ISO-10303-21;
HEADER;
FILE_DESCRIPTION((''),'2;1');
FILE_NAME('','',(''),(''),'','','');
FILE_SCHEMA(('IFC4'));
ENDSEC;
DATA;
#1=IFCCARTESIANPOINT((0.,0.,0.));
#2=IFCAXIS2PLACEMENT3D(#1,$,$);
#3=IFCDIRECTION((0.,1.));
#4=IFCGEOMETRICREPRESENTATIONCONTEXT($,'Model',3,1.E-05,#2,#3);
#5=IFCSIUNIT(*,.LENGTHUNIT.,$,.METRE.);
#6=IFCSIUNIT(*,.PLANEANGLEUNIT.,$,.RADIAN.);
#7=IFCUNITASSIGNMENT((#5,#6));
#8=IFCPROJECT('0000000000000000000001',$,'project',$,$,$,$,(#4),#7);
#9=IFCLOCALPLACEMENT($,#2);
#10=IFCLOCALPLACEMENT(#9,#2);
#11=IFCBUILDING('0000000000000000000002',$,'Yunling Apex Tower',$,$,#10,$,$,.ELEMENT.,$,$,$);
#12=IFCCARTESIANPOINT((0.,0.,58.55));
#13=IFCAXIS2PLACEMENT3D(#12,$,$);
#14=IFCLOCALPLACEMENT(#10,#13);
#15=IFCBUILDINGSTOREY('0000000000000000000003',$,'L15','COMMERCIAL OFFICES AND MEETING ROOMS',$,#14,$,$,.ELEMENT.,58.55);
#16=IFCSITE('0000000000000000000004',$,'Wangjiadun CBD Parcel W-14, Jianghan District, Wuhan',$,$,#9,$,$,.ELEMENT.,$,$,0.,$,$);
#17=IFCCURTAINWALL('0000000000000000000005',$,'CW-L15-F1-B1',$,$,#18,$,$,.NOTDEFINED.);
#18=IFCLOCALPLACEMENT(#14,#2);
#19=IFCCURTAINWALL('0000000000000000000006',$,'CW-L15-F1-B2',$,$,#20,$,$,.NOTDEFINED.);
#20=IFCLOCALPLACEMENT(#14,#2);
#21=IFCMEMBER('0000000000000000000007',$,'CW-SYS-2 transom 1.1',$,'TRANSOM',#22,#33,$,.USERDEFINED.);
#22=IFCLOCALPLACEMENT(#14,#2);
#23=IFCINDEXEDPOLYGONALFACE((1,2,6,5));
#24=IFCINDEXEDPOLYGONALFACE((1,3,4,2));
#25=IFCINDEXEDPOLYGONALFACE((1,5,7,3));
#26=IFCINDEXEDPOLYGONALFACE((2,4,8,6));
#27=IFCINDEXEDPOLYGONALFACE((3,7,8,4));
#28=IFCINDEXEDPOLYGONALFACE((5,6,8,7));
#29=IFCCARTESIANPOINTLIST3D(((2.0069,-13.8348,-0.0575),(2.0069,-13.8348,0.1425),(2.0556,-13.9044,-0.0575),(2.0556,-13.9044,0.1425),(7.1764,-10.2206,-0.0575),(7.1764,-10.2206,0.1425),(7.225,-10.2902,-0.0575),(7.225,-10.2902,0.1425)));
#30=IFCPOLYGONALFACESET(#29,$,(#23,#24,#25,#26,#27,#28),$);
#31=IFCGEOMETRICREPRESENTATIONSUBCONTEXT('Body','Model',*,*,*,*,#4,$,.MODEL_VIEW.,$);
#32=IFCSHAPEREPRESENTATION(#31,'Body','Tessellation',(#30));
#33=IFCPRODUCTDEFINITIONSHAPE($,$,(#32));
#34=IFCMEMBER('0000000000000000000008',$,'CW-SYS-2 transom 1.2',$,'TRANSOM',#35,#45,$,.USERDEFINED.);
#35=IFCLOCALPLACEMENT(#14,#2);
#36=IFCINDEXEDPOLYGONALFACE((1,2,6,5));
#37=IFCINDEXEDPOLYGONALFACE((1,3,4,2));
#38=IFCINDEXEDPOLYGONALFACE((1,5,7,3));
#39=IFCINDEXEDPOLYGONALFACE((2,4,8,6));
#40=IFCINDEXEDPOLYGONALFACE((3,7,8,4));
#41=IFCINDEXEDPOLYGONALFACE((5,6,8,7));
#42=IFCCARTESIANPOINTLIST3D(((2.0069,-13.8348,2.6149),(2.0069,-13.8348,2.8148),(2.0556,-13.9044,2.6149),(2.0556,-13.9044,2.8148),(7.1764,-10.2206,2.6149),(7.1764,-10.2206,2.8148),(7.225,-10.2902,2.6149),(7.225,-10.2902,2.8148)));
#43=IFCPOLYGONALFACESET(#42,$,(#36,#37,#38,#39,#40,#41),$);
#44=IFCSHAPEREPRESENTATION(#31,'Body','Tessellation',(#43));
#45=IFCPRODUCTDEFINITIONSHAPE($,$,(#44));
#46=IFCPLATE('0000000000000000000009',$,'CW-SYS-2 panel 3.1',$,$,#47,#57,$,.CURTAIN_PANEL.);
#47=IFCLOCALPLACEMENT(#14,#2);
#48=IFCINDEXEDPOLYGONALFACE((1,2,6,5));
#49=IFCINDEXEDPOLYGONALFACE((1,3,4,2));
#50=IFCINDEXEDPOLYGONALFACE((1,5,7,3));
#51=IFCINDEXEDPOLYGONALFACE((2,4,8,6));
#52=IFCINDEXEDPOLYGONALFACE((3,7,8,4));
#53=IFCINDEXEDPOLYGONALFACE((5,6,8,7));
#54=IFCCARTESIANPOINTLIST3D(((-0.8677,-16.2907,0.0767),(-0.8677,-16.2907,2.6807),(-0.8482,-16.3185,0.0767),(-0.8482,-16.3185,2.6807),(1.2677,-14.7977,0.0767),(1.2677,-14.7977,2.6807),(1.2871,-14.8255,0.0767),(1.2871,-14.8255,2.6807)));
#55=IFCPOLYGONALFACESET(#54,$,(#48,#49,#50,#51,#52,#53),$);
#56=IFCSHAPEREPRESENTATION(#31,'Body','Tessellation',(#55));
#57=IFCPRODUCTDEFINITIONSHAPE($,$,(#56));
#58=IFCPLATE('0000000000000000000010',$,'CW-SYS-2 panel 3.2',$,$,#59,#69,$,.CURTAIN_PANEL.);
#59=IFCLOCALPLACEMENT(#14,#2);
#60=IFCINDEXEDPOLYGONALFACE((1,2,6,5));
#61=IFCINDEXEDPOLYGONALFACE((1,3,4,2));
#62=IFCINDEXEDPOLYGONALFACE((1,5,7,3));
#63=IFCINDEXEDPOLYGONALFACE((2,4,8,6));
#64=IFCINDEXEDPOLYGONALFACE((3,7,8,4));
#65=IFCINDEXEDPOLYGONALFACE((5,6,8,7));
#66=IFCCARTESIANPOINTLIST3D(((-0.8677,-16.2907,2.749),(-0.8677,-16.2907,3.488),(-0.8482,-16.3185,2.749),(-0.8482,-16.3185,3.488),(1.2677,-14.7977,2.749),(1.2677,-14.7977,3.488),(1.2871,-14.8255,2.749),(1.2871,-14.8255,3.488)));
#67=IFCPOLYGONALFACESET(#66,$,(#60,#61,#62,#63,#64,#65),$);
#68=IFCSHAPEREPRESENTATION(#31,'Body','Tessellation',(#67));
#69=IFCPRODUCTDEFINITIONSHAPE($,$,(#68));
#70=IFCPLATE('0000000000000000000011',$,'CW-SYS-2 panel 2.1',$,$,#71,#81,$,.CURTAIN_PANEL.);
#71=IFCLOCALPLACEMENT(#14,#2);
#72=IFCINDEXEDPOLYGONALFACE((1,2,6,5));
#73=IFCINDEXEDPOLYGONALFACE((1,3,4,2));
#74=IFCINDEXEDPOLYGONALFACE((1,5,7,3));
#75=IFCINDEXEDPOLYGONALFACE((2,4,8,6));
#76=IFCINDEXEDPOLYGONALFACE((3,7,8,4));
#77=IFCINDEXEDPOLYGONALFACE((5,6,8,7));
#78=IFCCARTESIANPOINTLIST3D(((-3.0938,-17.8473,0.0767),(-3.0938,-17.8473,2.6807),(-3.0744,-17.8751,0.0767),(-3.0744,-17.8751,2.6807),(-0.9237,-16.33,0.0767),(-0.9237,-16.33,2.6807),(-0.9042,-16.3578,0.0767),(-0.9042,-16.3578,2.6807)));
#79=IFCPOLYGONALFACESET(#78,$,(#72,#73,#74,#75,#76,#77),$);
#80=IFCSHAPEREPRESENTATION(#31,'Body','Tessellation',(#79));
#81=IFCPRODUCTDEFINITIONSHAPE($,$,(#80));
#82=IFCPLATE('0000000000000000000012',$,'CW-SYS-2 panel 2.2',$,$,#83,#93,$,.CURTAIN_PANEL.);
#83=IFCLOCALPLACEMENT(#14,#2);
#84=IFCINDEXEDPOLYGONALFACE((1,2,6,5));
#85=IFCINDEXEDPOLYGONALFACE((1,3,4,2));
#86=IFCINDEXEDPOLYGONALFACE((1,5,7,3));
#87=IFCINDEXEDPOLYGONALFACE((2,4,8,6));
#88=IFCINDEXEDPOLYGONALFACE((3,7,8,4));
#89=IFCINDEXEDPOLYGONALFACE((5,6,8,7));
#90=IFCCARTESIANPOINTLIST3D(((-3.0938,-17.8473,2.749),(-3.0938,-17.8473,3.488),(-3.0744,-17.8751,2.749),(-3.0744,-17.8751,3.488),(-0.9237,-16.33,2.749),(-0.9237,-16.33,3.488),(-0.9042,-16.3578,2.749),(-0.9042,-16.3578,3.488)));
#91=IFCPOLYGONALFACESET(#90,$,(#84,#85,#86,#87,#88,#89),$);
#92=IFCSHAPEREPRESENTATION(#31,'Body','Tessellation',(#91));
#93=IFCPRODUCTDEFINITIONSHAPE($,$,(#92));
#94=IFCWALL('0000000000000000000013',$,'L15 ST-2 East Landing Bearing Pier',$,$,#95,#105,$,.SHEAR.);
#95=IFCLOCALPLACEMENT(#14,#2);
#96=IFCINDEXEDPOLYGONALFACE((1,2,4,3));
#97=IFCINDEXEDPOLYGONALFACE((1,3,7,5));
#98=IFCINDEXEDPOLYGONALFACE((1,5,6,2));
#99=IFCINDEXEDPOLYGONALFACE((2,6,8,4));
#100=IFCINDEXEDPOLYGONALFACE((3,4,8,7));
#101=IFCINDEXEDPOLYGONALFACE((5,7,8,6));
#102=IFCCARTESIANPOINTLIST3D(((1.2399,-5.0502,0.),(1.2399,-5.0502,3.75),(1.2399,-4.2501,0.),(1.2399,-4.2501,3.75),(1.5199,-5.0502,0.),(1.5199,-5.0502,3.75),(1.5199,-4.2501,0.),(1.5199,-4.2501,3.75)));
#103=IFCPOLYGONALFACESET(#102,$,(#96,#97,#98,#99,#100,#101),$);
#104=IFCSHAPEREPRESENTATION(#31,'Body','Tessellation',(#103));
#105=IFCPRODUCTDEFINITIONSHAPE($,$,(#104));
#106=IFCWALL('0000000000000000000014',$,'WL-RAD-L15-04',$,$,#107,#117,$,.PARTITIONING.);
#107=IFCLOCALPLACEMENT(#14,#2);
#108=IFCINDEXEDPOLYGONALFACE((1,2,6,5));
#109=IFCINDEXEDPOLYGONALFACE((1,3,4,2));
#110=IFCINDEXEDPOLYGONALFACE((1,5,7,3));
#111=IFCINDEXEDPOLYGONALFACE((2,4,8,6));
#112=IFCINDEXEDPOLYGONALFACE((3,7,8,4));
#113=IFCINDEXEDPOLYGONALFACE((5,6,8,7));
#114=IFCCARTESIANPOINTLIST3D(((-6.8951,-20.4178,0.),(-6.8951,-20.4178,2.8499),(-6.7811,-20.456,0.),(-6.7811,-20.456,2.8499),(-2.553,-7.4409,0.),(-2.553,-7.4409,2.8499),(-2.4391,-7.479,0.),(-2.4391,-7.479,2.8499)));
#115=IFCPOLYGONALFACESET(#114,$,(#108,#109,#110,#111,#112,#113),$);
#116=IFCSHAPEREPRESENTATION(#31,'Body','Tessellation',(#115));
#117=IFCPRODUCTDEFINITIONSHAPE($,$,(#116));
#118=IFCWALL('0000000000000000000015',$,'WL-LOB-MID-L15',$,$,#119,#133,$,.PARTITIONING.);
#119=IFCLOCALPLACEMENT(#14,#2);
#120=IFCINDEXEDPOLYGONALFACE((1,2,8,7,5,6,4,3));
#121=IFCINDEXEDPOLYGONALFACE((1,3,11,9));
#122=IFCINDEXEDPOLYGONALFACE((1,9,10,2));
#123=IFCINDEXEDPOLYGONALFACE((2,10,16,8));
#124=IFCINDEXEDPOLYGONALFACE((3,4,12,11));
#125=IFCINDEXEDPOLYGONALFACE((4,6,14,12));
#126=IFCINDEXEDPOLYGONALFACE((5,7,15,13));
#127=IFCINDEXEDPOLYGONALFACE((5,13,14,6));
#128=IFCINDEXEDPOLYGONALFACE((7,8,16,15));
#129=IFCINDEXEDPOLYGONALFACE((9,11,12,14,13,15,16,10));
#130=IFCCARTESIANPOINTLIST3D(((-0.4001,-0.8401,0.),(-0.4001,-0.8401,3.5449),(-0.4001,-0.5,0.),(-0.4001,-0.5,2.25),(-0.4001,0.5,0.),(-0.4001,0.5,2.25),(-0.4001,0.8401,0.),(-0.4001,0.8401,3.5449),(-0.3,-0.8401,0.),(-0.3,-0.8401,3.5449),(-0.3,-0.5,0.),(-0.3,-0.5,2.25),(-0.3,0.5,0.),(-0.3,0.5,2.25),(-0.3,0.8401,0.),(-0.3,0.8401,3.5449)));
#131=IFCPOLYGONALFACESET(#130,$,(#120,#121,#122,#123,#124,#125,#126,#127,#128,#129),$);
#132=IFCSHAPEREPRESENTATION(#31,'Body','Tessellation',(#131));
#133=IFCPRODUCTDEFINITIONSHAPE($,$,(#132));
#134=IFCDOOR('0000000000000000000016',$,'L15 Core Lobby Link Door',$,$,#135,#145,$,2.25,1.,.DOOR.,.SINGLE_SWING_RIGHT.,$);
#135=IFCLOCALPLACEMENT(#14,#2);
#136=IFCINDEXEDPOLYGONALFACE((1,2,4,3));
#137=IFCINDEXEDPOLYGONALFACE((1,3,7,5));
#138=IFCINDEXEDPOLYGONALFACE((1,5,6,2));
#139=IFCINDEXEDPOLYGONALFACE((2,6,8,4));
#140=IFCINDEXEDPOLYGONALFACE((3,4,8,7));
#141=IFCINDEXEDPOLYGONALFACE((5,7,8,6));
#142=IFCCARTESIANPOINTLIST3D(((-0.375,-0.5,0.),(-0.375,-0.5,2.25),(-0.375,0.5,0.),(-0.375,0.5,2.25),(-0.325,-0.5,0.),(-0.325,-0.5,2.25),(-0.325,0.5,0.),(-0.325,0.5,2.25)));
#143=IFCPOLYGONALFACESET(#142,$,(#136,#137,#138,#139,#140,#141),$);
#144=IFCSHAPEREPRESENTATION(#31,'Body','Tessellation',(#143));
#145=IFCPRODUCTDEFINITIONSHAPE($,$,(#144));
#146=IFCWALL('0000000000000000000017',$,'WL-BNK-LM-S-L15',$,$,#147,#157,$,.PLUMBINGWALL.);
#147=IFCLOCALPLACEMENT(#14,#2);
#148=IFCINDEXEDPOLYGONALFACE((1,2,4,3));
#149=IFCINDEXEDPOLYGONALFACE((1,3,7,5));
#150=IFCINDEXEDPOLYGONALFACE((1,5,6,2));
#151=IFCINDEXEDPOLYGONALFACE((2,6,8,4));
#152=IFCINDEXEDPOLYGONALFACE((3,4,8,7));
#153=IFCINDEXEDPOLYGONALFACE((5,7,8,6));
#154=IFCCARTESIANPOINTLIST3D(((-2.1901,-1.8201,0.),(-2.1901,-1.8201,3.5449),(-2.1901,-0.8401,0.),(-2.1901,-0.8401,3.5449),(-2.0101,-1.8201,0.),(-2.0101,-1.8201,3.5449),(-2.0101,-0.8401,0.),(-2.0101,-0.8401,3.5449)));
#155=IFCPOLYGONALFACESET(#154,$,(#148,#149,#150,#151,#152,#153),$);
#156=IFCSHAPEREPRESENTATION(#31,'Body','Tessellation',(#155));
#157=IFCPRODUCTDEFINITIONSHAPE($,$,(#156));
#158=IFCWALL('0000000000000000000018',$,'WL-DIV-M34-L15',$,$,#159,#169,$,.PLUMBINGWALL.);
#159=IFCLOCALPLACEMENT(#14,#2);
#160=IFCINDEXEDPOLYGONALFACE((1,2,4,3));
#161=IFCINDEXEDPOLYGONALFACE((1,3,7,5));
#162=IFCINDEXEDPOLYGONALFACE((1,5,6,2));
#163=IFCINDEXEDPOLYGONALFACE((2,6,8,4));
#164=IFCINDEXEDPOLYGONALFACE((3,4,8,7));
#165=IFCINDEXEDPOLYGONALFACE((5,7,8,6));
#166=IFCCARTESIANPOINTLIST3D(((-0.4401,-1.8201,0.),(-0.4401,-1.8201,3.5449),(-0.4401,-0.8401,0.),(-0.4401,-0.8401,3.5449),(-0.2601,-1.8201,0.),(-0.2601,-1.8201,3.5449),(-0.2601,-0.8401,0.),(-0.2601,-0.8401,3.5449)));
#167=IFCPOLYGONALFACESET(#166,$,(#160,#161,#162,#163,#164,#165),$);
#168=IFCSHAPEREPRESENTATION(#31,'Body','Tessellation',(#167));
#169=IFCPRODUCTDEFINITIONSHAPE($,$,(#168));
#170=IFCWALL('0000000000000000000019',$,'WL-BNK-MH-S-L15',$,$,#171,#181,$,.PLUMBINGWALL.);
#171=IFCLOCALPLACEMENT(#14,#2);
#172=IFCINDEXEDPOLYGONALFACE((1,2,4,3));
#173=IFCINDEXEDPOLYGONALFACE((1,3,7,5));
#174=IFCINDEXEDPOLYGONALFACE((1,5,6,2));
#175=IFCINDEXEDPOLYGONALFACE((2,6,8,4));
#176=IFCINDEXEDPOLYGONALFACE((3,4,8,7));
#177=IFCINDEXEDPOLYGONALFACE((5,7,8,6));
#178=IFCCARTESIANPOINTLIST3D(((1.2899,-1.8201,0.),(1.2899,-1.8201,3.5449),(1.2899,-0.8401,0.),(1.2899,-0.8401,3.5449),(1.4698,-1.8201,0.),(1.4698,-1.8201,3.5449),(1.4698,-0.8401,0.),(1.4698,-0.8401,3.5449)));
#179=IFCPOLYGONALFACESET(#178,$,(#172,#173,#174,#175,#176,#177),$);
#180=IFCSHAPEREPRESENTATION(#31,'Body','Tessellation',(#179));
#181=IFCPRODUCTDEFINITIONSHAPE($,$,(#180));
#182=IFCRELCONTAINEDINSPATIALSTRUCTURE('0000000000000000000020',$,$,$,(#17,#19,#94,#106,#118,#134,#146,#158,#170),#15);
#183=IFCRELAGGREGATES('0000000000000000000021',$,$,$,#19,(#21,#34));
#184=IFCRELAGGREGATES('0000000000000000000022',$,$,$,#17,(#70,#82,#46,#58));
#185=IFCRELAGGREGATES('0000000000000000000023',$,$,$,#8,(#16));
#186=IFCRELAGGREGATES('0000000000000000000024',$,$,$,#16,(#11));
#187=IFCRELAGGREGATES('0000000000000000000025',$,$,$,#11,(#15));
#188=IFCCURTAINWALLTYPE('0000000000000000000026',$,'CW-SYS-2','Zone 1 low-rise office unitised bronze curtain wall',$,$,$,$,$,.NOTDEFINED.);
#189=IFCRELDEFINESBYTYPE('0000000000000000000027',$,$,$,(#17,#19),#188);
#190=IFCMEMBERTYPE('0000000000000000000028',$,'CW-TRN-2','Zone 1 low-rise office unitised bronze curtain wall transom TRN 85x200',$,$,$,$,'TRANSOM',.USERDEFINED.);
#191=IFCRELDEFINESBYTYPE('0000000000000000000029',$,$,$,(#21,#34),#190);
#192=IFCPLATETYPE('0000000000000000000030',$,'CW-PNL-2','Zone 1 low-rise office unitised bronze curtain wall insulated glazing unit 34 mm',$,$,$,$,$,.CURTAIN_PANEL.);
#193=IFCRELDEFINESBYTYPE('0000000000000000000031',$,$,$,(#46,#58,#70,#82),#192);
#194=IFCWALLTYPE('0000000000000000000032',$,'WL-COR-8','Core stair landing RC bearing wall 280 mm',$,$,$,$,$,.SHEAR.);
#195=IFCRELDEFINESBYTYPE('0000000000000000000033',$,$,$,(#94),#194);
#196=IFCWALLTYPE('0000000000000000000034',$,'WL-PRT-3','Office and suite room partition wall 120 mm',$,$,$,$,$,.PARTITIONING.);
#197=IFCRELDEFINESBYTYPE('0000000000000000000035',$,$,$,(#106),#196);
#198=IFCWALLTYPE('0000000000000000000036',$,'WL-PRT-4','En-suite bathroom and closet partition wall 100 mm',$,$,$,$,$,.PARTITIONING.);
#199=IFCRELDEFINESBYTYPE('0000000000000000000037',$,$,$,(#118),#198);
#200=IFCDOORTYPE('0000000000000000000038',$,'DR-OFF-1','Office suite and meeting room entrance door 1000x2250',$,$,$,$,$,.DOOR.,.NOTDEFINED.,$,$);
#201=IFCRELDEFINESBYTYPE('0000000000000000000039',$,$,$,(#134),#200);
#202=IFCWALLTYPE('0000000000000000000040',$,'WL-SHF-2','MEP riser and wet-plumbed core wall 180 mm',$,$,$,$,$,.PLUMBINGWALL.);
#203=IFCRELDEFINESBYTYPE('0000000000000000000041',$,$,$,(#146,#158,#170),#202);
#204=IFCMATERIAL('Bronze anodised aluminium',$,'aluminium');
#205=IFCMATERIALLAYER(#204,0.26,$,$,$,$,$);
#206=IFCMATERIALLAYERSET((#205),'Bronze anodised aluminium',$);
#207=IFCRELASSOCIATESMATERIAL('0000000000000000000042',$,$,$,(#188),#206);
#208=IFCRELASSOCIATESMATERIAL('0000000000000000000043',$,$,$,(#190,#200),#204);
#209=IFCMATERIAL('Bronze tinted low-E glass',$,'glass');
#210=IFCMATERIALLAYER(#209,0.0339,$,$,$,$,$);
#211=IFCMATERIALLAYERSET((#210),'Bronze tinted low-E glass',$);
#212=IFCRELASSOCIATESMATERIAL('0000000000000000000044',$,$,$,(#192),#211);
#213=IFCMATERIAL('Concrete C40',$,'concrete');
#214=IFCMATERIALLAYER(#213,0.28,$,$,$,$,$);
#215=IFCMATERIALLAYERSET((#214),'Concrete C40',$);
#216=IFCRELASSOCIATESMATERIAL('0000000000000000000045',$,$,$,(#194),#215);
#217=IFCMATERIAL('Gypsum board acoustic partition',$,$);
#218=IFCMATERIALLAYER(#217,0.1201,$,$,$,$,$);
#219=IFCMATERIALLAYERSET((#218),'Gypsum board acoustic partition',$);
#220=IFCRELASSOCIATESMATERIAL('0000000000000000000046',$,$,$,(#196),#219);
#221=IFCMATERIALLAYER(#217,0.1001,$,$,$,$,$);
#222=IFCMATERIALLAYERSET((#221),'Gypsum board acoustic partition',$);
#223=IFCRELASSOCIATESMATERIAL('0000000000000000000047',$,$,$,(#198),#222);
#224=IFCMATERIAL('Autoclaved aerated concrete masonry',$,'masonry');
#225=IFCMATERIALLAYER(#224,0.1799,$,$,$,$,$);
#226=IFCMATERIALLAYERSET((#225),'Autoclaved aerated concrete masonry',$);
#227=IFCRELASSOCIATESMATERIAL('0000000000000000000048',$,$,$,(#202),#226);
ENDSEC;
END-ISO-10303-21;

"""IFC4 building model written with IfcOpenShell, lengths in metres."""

from ifc_helpers import new_model, si_unit, direction, frame, frame_2d, origin, origin_2d, place, context, subcontext, project, spatial, rectangle, extrude, source, transform, mapped, material, layer, layer_set, material_profile, profile_set, type_object, element, fill, aggregate, save


model = new_model("IFC4")

# Units and contexts
model_context = context("Model", 3, precision=1e-05, world=origin(), true_north=direction((0.0, 1.0)))
body_context = subcontext(model_context, "Body", "Model", "MODEL_VIEW")
ifc_project = project(units=[si_unit("LENGTHUNIT", "METRE"), si_unit("PLANEANGLEUNIT", "RADIAN")], contexts=[model_context])

# Site, building, storey
site_placement = place(None, origin())
site = spatial("IfcSite", under=ifc_project, at=site_placement, Name="Wangjiadun CBD Parcel W-14, Jianghan District, Wuhan", CompositionType="ELEMENT", RefElevation=0.0)
building_placement = place(site_placement, origin())
building = spatial("IfcBuilding", under=site, at=building_placement, Name="Yunling Apex Tower", CompositionType="ELEMENT")
storey_placement = place(building_placement, frame((0.0, 0.0, 58.55)))
storey = spatial("IfcBuildingStorey", under=building, at=storey_placement, Name="L15", Description="COMMERCIAL OFFICES AND MEETING ROOMS", CompositionType="ELEMENT", Elevation=58.55)

# Curtain wall
ifc_material_1 = material(Name="Bronze anodised aluminium", Category="aluminium")
ifc_layer_1 = layer(ifc_material_1, 0.26)
ifc_layer_set_1 = layer_set([ifc_layer_1], Name="Bronze anodised aluminium")
curtain_wall_type = type_object("IfcCurtainWallType", Name="CW-SYS-2", Description="Zone 1 low-rise office unitised bronze curtain wall", PredefinedType="NOTDEFINED", material=ifc_layer_set_1)
curtain_wall_1_placement = place(storey_placement, origin())
curtain_wall_1 = element("IfcCurtainWall", 1, at=curtain_wall_1_placement, inside=storey, type_object=curtain_wall_type, Name="CW-L15-F1-B1", PredefinedType="NOTDEFINED")

# Curtain wall
curtain_wall_2_placement = place(storey_placement, origin())
curtain_wall_2 = element("IfcCurtainWall", 2, at=curtain_wall_2_placement, inside=storey, type_object=curtain_wall_type, Name="CW-L15-F1-B2", PredefinedType="NOTDEFINED")

# Members
ifc_material_profile_1 = material_profile(ifc_material_1, rectangle(XDim=0.085, YDim=0.2, at=origin_2d()))
ifc_profile_set_1 = profile_set([ifc_material_profile_1], Name="Bronze anodised aluminium")
member_type_1 = type_object("IfcMemberType", Name="CW-TRN-2", Description="Zone 1 low-rise office unitised bronze curtain wall transom TRN 85x200", ElementType="TRANSOM", PredefinedType="USERDEFINED", material=ifc_profile_set_1)
shared_shape_1 = source(origin(), body_context, "Body", "SweptSolid", [
    extrude(rectangle(XDim=0.085, YDim=0.2, at=origin_2d()), origin(), (0.0, 0.0, 1.0), 6.3076),
])
member_1_placement = place(storey_placement, frame((2.0312, -13.8696, 0.0425), z_axis=(0.819555, 0.573, 0.0), x_axis=(-0.573, 0.819555, 0.0)))
member_1 = element("IfcMember", 3, at=member_1_placement, type_object=member_type_1, Name="CW-SYS-2 transom 1.1", ObjectType="TRANSOM", PredefinedType="USERDEFINED", context=body_context, shape_type="MappedRepresentation", body=[
    mapped(shared_shape_1, transform((0.0, 0.0, 0.0), scale=1.0)),
])
member_2_placement = place(storey_placement, frame((2.0312, -13.8696, 2.7148), z_axis=(0.819555, 0.573, 0.0), x_axis=(-0.573, 0.819555, 0.0)))
member_2 = element("IfcMember", 4, at=member_2_placement, type_object=member_type_1, Name="CW-SYS-2 transom 1.2", ObjectType="TRANSOM", PredefinedType="USERDEFINED", context=body_context, shape_type="MappedRepresentation", body=[
    mapped(shared_shape_1, transform((0.0, 0.0, 0.0), scale=1.0)),
])
aggregate(curtain_wall_2, [member_1, member_2])

# Plates
ifc_material_2 = material(Name="Bronze tinted low-E glass", Category="glass")
ifc_layer_2 = layer(ifc_material_2, 0.0339)
ifc_layer_set_2 = layer_set([ifc_layer_2], Name="Bronze tinted low-E glass")
plate_type = type_object("IfcPlateType", Name="CW-PNL-2", Description="Zone 1 low-rise office unitised bronze curtain wall insulated glazing unit 34 mm", PredefinedType="CURTAIN_PANEL", material=ifc_layer_set_2)
shared_shape_2 = source(origin(), body_context, "Body", "SweptSolid", [
    extrude(rectangle(XDim=2.6055, YDim=0.0339, at=origin_2d()), origin(), (0.0, 0.0, 1.0), 2.604),
])
plate_1_placement = place(storey_placement, frame((0.2097, -15.5581, 0.0767), z_axis=(0.0, 0.0, 1.0), x_axis=(0.819552, 0.573004, 0.0)))
plate_1 = element("IfcPlate", 5, at=plate_1_placement, type_object=plate_type, Name="CW-SYS-2 panel 3.1", PredefinedType="CURTAIN_PANEL", context=body_context, shape_type="MappedRepresentation", body=[
    mapped(shared_shape_2, transform((0.0, 0.0, 0.0), scale=1.0)),
])
shared_shape_3 = source(origin(), body_context, "Body", "SweptSolid", [
    extrude(rectangle(XDim=2.6055, YDim=0.0339, at=origin_2d()), origin(), (0.0, 0.0, 1.0), 0.739),
])
plate_2_placement = place(storey_placement, frame((0.2097, -15.5581, 2.749), z_axis=(0.0, 0.0, 1.0), x_axis=(0.819552, 0.573004, 0.0)))
plate_2 = element("IfcPlate", 6, at=plate_2_placement, type_object=plate_type, Name="CW-SYS-2 panel 3.2", PredefinedType="CURTAIN_PANEL", context=body_context, shape_type="MappedRepresentation", body=[
    mapped(shared_shape_3, transform((0.0, 0.0, 0.0), scale=1.0)),
])
shared_shape_4 = source(origin(), body_context, "Body", "SweptSolid", [
    extrude(rectangle(XDim=2.6479, YDim=0.0339, at=origin_2d()), origin(), (0.0, 0.0, 1.0), 2.604),
])
plate_3_placement = place(storey_placement, frame((-1.999, -17.1025, 0.0767), z_axis=(0.0, 0.0, 1.0), x_axis=(0.819552, 0.573004, 0.0)))
plate_3 = element("IfcPlate", 7, at=plate_3_placement, type_object=plate_type, Name="CW-SYS-2 panel 2.1", PredefinedType="CURTAIN_PANEL", context=body_context, shape_type="MappedRepresentation", body=[
    mapped(shared_shape_4, transform((0.0, 0.0, 0.0), scale=1.0)),
])
shared_shape_5 = source(origin(), body_context, "Body", "SweptSolid", [
    extrude(rectangle(XDim=2.6479, YDim=0.0339, at=origin_2d()), origin(), (0.0, 0.0, 1.0), 0.739),
])
plate_4_placement = place(storey_placement, frame((-1.999, -17.1025, 2.749), z_axis=(0.0, 0.0, 1.0), x_axis=(0.819552, 0.573004, 0.0)))
plate_4 = element("IfcPlate", 8, at=plate_4_placement, type_object=plate_type, Name="CW-SYS-2 panel 2.2", PredefinedType="CURTAIN_PANEL", context=body_context, shape_type="MappedRepresentation", body=[
    mapped(shared_shape_5, transform((0.0, 0.0, 0.0), scale=1.0)),
])
aggregate(curtain_wall_1, [plate_3, plate_4, plate_1, plate_2])

# Walls
ifc_material_3 = material(Name="Concrete C40", Category="concrete")
ifc_layer_3 = layer(ifc_material_3, 0.28)
ifc_layer_set_3 = layer_set([ifc_layer_3], Name="Concrete C40")
wall_type_1 = type_object("IfcWallType", Name="WL-COR-8", Description="Core stair landing RC bearing wall 280 mm", PredefinedType="SHEAR", material=ifc_layer_set_3)
wall_1_placement = place(storey_placement, frame((1.3799, -5.05, 0.0), z_axis=(0.0, 0.0, 1.0), x_axis=(0.0, 1.0, 0.0)))
element("IfcWall", 9, at=wall_1_placement, inside=storey, type_object=wall_type_1, Name="L15 ST-2 East Landing Bearing Pier", PredefinedType="SHEAR", context=body_context, shape_type="SweptSolid", body=[
    extrude(rectangle(XDim=0.8, YDim=0.28, at=frame_2d((0.3999, 0.0))), origin(), (0.0, 0.0, 1.0), 3.75),
])
ifc_material_4 = material(Name="Gypsum board acoustic partition")
ifc_layer_4 = layer(ifc_material_4, 0.1201)
ifc_layer_set_4 = layer_set([ifc_layer_4], Name="Gypsum board acoustic partition")
wall_type_2 = type_object("IfcWallType", Name="WL-PRT-3", Description="Office and suite room partition wall 120 mm", PredefinedType="PARTITIONING", material=ifc_layer_set_4)
wall_2_placement = place(storey_placement, frame((-2.4961, -7.46, 0.0), z_axis=(0.0, 0.0, 1.0), x_axis=(-0.317303, -0.948324, 0.0)))
element("IfcWall", 10, at=wall_2_placement, inside=storey, type_object=wall_type_2, Name="WL-RAD-L15-04", PredefinedType="PARTITIONING", context=body_context, shape_type="SweptSolid", body=[
    extrude(rectangle(XDim=13.6841, YDim=0.1201, at=frame_2d((6.842, 0.0))), origin(), (0.0, 0.0, 1.0), 2.8499),
])

# Wall, opening, door
ifc_layer_5 = layer(ifc_material_4, 0.1001)
ifc_layer_set_5 = layer_set([ifc_layer_5], Name="Gypsum board acoustic partition")
wall_type_3 = type_object("IfcWallType", Name="WL-PRT-4", Description="En-suite bathroom and closet partition wall 100 mm", PredefinedType="PARTITIONING", material=ifc_layer_set_5)
wall_3_placement = place(storey_placement, frame((-0.3501, -0.8401, 0.0), z_axis=(0.0, 0.0, 1.0), x_axis=(0.0, 1.0, 0.0)))
wall_3 = element("IfcWall", 11, at=wall_3_placement, inside=storey, type_object=wall_type_3, Name="WL-LOB-MID-L15", PredefinedType="PARTITIONING", context=body_context, shape_type="SweptSolid", body=[
    extrude(rectangle(XDim=1.6802, YDim=0.1001, at=frame_2d((0.8401, 0.0))), origin(), (0.0, 0.0, 1.0), 3.5449),
])
opening_1_placement = place(wall_3_placement, frame((0.3401, 0.0, 0.0)))
opening_1 = element("IfcOpeningElement", 12, at=opening_1_placement, cuts=wall_3, PredefinedType="OPENING", context=body_context, shape_type="SweptSolid", body=[
    extrude(rectangle(XDim=1.0, YDim=2.25, at=frame_2d((0.5, 1.125))), frame((0.0, 0.0601, 0.0), z_axis=(0.0, -1.0, 0.0), x_axis=(1.0, 0.0, 0.0)), (0.0, 0.0, 1.0), 0.1201),
])
door_type_1 = type_object("IfcDoorType", Name="DR-OFF-1", Description="Office suite and meeting room entrance door 1000x2250", OperationType="NOTDEFINED", PredefinedType="DOOR", material=ifc_material_1)
door_1_placement = place(opening_1_placement, origin())
door_1 = element("IfcDoor", 13, at=door_1_placement, inside=storey, type_object=door_type_1, Name="L15 Core Lobby Link Door", OperationType="SINGLE_SWING_RIGHT", OverallHeight=2.25, OverallWidth=1.0, PredefinedType="DOOR", context=body_context, shape_type="SweptSolid", body=[
    extrude(rectangle(XDim=1.0, YDim=2.25, at=frame_2d((0.5, 1.125))), frame((0.0, 0.0249, 0.0), z_axis=(0.0, -1.0, 0.0), x_axis=(1.0, 0.0, 0.0)), (0.0, 0.0, 1.0), 0.05),
])
fill(opening_1, door_1)
ifc_material_5 = material(Name="Autoclaved aerated concrete masonry", Category="masonry")

# Walls
ifc_layer_6 = layer(ifc_material_5, 0.1799)
ifc_layer_set_6 = layer_set([ifc_layer_6], Name="Autoclaved aerated concrete masonry")
wall_type_4 = type_object("IfcWallType", Name="WL-SHF-2", Description="MEP riser and wet-plumbed core wall 180 mm", PredefinedType="PLUMBINGWALL", material=ifc_layer_set_6)
for number, where, z_axis, x_axis, name in (
    (14, (-2.1001, -1.8201, 0.0), (0.0, 0.0, 1.0), (0.0, 1.0, 0.0), "WL-BNK-LM-S-L15"),
    (15, (-0.3501, -1.8201, 0.0), (0.0, 0.0, 1.0), (0.0, 1.0, 0.0), "WL-DIV-M34-L15"),
    (16, (1.3799, -1.8201, 0.0), (0.0, 0.0, 1.0), (0.0, 1.0, 0.0), "WL-BNK-MH-S-L15"),
):
    element("IfcWall", number, at=place(storey_placement, frame(where, z_axis=z_axis, x_axis=x_axis)), inside=storey, type_object=wall_type_4, Name=name, PredefinedType="PLUMBINGWALL", context=body_context, shape_type="SweptSolid", body=[
        extrude(rectangle(XDim=0.98, YDim=0.1799, at=frame_2d((0.49, 0.0))), origin(), (0.0, 0.0, 1.0), 3.5449),
    ])

save(model, "model.ifc")
